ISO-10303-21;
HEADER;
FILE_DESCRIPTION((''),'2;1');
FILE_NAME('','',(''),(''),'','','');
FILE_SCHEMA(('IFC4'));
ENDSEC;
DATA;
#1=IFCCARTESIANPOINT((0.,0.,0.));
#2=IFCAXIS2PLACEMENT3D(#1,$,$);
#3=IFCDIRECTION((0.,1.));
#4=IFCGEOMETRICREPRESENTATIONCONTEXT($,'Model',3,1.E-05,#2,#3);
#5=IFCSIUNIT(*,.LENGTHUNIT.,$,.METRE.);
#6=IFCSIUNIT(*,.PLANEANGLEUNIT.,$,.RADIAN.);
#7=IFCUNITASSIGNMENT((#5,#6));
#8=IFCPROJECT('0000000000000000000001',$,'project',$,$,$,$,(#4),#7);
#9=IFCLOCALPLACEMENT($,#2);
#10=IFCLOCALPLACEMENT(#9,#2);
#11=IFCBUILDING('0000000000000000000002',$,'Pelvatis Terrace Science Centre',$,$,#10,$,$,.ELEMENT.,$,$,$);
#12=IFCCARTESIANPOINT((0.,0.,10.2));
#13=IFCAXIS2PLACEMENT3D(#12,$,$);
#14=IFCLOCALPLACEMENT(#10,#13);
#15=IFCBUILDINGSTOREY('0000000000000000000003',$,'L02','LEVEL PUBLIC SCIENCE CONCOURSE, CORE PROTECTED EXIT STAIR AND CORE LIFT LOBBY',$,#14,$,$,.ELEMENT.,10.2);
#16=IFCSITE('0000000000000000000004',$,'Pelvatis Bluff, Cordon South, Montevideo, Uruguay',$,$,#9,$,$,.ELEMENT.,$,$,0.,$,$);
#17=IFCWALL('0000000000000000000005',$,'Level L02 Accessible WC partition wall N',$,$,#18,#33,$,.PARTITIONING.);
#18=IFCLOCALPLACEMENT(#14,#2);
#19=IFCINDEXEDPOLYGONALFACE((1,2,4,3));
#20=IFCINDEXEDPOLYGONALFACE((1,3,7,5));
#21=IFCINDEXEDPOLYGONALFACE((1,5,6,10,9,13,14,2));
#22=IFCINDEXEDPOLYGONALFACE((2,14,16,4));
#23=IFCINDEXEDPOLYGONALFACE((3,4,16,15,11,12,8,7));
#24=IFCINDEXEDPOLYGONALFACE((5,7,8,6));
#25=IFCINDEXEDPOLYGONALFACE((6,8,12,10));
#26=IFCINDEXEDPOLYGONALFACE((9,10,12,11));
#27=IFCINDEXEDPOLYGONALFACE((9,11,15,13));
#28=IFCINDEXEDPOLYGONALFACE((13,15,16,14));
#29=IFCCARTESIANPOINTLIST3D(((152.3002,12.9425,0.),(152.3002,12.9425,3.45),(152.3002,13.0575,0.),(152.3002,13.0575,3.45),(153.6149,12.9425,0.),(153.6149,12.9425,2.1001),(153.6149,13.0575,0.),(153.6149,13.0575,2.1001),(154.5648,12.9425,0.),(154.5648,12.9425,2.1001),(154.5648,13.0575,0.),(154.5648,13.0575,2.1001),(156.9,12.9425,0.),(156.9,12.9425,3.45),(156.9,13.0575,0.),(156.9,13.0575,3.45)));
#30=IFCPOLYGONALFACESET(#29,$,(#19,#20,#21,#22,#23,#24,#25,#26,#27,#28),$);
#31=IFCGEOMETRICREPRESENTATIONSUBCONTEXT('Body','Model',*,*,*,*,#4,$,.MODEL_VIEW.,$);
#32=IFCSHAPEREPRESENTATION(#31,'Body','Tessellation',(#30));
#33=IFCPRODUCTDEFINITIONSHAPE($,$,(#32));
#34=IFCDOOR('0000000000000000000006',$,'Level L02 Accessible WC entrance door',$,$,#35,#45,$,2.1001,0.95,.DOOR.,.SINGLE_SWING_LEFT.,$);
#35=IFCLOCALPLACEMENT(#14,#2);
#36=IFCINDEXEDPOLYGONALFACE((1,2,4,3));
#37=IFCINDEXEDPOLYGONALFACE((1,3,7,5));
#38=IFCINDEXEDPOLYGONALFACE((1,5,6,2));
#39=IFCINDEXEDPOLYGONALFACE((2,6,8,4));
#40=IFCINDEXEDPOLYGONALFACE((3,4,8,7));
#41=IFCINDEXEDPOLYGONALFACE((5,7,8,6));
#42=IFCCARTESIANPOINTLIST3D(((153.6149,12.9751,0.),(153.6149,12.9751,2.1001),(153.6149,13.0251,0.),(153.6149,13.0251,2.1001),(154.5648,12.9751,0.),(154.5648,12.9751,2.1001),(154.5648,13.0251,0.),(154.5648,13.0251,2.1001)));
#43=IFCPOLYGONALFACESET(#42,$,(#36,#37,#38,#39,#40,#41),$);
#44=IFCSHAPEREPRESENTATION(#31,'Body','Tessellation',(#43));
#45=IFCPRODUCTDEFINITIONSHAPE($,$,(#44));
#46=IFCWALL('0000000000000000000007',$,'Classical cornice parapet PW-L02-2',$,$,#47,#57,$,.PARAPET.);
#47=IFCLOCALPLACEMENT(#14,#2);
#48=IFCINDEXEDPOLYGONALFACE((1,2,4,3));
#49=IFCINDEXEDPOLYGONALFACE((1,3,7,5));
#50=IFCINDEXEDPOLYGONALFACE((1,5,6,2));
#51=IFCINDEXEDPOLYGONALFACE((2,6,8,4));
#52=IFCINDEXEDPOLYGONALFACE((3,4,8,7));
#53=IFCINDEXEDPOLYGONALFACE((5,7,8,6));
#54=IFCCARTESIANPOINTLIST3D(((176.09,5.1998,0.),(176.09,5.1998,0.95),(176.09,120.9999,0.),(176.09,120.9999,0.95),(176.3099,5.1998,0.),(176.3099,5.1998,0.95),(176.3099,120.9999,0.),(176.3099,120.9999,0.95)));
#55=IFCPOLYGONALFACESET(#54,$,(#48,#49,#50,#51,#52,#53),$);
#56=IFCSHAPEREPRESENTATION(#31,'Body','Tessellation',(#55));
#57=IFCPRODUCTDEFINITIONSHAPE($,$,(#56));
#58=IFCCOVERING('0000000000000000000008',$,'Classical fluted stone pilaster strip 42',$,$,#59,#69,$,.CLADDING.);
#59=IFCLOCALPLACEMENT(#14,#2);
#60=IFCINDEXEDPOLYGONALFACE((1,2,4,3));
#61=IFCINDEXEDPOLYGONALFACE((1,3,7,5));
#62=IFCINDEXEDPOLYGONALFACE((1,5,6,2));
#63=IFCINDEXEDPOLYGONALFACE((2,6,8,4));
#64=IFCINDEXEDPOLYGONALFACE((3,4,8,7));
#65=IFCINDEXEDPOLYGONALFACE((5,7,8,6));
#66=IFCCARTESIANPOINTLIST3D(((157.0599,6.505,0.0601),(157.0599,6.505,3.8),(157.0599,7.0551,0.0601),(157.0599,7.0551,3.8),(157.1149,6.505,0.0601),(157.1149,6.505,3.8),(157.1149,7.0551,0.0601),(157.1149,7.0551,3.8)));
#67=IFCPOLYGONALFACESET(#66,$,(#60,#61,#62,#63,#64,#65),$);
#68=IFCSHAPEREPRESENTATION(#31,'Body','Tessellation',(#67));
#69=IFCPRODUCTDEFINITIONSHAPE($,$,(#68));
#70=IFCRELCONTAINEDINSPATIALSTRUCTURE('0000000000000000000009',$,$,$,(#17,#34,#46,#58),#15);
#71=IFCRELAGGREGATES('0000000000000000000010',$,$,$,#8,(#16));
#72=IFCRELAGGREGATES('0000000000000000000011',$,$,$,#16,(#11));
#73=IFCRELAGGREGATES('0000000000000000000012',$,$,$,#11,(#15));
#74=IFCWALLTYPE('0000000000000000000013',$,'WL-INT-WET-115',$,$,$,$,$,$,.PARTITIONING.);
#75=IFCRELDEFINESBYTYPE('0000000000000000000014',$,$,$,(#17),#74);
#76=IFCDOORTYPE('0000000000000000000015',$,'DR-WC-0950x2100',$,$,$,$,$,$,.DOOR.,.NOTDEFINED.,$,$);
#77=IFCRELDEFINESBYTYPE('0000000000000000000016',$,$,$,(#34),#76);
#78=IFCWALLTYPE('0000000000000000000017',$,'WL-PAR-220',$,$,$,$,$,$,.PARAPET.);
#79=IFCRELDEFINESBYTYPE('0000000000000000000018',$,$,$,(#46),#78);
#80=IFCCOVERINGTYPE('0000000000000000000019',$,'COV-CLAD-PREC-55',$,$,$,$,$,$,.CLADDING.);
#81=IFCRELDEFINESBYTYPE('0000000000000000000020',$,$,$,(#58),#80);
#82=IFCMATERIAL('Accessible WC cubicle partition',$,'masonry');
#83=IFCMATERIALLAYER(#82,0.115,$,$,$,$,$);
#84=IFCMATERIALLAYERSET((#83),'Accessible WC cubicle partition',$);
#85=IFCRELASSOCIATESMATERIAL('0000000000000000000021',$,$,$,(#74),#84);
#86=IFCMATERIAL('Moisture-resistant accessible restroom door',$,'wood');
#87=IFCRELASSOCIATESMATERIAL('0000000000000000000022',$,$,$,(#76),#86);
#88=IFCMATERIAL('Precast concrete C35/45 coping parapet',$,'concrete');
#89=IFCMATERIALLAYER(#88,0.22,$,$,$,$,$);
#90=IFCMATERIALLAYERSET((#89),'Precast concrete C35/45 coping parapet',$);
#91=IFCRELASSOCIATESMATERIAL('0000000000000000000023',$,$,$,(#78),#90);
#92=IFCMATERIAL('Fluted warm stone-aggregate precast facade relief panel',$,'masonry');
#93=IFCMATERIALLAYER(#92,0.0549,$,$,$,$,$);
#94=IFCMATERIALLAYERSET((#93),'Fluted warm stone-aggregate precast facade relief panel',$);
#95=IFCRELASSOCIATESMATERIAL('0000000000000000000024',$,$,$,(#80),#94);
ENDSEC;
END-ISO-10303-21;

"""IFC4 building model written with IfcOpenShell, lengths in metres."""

from ifc_helpers import new_model, si_unit, direction, frame, frame_2d, origin, origin_2d, place, context, subcontext, project, spatial, rectangle, extrude, material, layer, layer_set, type_object, element, fill, save


model = new_model("IFC4")

# Units and contexts
model_context = context("Model", 3, precision=1e-05, world=origin(), true_north=direction((0.0, 1.0)))
body_context = subcontext(model_context, "Body", "Model", "MODEL_VIEW")
ifc_project = project(units=[si_unit("LENGTHUNIT", "METRE"), si_unit("PLANEANGLEUNIT", "RADIAN")], contexts=[model_context])

# Site, building, storey
site_placement = place(None, origin())
site = spatial("IfcSite", under=ifc_project, at=site_placement, Name="Pelvatis Bluff, Cordon South, Montevideo, Uruguay", CompositionType="ELEMENT", RefElevation=0.0)
building_placement = place(site_placement, origin())
building = spatial("IfcBuilding", under=site, at=building_placement, Name="Pelvatis Terrace Science Centre", CompositionType="ELEMENT")
storey_placement = place(building_placement, frame((0.0, 0.0, 10.2)))
storey = spatial("IfcBuildingStorey", under=building, at=storey_placement, Name="L02", Description="LEVEL PUBLIC SCIENCE CONCOURSE, CORE PROTECTED EXIT STAIR AND CORE LIFT LOBBY", CompositionType="ELEMENT", Elevation=10.2)

# Wall, opening, door
ifc_material_1 = material(Name="Accessible WC cubicle partition", Category="masonry")
ifc_layer_1 = layer(ifc_material_1, 0.115)
ifc_layer_set_1 = layer_set([ifc_layer_1], Name="Accessible WC cubicle partition")
wall_type_1 = type_object("IfcWallType", Name="WL-INT-WET-115", PredefinedType="PARTITIONING", material=ifc_layer_set_1)
wall_1_placement = place(storey_placement, frame((156.8999, 13.0, 0.0), z_axis=(0.0, 0.0, 1.0), x_axis=(-1.0, 0.0, 0.0)))
wall_1 = element("IfcWall", 1, at=wall_1_placement, inside=storey, type_object=wall_type_1, Name="Level L02 Accessible WC partition wall N", PredefinedType="PARTITIONING", context=body_context, shape_type="SweptSolid", body=[
    extrude(rectangle(XDim=4.5999, YDim=0.115, at=frame_2d((2.2998, 0.0))), origin(), (0.0, 0.0, 1.0), 3.45),
])
opening_placement = place(wall_1_placement, frame((2.335, 0.0, 0.0)))
opening = element("IfcOpeningElement", 2, at=opening_placement, cuts=wall_1, PredefinedType="OPENING", context=body_context, shape_type="SweptSolid", body=[
    extrude(rectangle(XDim=0.95, YDim=2.1001, at=frame_2d((0.4751, 1.05))), frame((0.0, 0.0674, 0.0), z_axis=(0.0, -1.0, 0.0), x_axis=(1.0, 0.0, 0.0)), (0.0, 0.0, 1.0), 0.135),
])
ifc_material_2 = material(Name="Moisture-resistant accessible restroom door", Category="wood")
door_type = type_object("IfcDoorType", Name="DR-WC-0950x2100", OperationType="NOTDEFINED", PredefinedType="DOOR", material=ifc_material_2)
door_placement = place(opening_placement, origin())
door = element("IfcDoor", 3, at=door_placement, inside=storey, type_object=door_type, Name="Level L02 Accessible WC entrance door", OperationType="SINGLE_SWING_LEFT", OverallHeight=2.1001, OverallWidth=0.95, PredefinedType="DOOR", context=body_context, shape_type="SweptSolid", body=[
    extrude(rectangle(XDim=0.95, YDim=2.1001, at=frame_2d((0.4751, 1.05))), frame((0.0, 0.0249, 0.0), z_axis=(0.0, -1.0, 0.0), x_axis=(1.0, 0.0, 0.0)), (0.0, 0.0, 1.0), 0.05),
])
fill(opening, door)

# Wall
ifc_material_3 = material(Name="Precast concrete C35/45 coping parapet", Category="concrete")
ifc_layer_2 = layer(ifc_material_3, 0.22)
ifc_layer_set_2 = layer_set([ifc_layer_2], Name="Precast concrete C35/45 coping parapet")
wall_type_2 = type_object("IfcWallType", Name="WL-PAR-220", PredefinedType="PARAPET", material=ifc_layer_set_2)
wall_2_placement = place(storey_placement, frame((176.2, 5.2, 0.0), z_axis=(0.0, 0.0, 1.0), x_axis=(0.0, 1.0, 0.0)))
element("IfcWall", 4, at=wall_2_placement, inside=storey, type_object=wall_type_2, Name="Classical cornice parapet PW-L02-2", PredefinedType="PARAPET", context=body_context, shape_type="SweptSolid", body=[
    extrude(rectangle(XDim=115.8, YDim=0.22, at=frame_2d((57.8999, 0.0))), origin(), (0.0, 0.0, 1.0), 0.95),
])

# Covering
ifc_material_4 = material(Name="Fluted warm stone-aggregate precast facade relief panel", Category="masonry")
ifc_layer_3 = layer(ifc_material_4, 0.0549)
ifc_layer_set_3 = layer_set([ifc_layer_3], Name="Fluted warm stone-aggregate precast facade relief panel")
covering_type = type_object("IfcCoveringType", Name="COV-CLAD-PREC-55", PredefinedType="CLADDING", material=ifc_layer_set_3)
covering_placement = place(storey_placement, frame((157.0874, 6.78, 0.0601), z_axis=(0.0, 0.0, 1.0), x_axis=(1.0, 0.0, 0.0)))
element("IfcCovering", 5, at=covering_placement, inside=storey, type_object=covering_type, Name="Classical fluted stone pilaster strip 42", PredefinedType="CLADDING", context=body_context, shape_type="SweptSolid", body=[
    extrude(rectangle(XDim=0.0549, YDim=0.55, at=origin_2d()), origin(), (0.0, 0.0, 1.0), 3.74),
])

save(model, "model.ifc")
